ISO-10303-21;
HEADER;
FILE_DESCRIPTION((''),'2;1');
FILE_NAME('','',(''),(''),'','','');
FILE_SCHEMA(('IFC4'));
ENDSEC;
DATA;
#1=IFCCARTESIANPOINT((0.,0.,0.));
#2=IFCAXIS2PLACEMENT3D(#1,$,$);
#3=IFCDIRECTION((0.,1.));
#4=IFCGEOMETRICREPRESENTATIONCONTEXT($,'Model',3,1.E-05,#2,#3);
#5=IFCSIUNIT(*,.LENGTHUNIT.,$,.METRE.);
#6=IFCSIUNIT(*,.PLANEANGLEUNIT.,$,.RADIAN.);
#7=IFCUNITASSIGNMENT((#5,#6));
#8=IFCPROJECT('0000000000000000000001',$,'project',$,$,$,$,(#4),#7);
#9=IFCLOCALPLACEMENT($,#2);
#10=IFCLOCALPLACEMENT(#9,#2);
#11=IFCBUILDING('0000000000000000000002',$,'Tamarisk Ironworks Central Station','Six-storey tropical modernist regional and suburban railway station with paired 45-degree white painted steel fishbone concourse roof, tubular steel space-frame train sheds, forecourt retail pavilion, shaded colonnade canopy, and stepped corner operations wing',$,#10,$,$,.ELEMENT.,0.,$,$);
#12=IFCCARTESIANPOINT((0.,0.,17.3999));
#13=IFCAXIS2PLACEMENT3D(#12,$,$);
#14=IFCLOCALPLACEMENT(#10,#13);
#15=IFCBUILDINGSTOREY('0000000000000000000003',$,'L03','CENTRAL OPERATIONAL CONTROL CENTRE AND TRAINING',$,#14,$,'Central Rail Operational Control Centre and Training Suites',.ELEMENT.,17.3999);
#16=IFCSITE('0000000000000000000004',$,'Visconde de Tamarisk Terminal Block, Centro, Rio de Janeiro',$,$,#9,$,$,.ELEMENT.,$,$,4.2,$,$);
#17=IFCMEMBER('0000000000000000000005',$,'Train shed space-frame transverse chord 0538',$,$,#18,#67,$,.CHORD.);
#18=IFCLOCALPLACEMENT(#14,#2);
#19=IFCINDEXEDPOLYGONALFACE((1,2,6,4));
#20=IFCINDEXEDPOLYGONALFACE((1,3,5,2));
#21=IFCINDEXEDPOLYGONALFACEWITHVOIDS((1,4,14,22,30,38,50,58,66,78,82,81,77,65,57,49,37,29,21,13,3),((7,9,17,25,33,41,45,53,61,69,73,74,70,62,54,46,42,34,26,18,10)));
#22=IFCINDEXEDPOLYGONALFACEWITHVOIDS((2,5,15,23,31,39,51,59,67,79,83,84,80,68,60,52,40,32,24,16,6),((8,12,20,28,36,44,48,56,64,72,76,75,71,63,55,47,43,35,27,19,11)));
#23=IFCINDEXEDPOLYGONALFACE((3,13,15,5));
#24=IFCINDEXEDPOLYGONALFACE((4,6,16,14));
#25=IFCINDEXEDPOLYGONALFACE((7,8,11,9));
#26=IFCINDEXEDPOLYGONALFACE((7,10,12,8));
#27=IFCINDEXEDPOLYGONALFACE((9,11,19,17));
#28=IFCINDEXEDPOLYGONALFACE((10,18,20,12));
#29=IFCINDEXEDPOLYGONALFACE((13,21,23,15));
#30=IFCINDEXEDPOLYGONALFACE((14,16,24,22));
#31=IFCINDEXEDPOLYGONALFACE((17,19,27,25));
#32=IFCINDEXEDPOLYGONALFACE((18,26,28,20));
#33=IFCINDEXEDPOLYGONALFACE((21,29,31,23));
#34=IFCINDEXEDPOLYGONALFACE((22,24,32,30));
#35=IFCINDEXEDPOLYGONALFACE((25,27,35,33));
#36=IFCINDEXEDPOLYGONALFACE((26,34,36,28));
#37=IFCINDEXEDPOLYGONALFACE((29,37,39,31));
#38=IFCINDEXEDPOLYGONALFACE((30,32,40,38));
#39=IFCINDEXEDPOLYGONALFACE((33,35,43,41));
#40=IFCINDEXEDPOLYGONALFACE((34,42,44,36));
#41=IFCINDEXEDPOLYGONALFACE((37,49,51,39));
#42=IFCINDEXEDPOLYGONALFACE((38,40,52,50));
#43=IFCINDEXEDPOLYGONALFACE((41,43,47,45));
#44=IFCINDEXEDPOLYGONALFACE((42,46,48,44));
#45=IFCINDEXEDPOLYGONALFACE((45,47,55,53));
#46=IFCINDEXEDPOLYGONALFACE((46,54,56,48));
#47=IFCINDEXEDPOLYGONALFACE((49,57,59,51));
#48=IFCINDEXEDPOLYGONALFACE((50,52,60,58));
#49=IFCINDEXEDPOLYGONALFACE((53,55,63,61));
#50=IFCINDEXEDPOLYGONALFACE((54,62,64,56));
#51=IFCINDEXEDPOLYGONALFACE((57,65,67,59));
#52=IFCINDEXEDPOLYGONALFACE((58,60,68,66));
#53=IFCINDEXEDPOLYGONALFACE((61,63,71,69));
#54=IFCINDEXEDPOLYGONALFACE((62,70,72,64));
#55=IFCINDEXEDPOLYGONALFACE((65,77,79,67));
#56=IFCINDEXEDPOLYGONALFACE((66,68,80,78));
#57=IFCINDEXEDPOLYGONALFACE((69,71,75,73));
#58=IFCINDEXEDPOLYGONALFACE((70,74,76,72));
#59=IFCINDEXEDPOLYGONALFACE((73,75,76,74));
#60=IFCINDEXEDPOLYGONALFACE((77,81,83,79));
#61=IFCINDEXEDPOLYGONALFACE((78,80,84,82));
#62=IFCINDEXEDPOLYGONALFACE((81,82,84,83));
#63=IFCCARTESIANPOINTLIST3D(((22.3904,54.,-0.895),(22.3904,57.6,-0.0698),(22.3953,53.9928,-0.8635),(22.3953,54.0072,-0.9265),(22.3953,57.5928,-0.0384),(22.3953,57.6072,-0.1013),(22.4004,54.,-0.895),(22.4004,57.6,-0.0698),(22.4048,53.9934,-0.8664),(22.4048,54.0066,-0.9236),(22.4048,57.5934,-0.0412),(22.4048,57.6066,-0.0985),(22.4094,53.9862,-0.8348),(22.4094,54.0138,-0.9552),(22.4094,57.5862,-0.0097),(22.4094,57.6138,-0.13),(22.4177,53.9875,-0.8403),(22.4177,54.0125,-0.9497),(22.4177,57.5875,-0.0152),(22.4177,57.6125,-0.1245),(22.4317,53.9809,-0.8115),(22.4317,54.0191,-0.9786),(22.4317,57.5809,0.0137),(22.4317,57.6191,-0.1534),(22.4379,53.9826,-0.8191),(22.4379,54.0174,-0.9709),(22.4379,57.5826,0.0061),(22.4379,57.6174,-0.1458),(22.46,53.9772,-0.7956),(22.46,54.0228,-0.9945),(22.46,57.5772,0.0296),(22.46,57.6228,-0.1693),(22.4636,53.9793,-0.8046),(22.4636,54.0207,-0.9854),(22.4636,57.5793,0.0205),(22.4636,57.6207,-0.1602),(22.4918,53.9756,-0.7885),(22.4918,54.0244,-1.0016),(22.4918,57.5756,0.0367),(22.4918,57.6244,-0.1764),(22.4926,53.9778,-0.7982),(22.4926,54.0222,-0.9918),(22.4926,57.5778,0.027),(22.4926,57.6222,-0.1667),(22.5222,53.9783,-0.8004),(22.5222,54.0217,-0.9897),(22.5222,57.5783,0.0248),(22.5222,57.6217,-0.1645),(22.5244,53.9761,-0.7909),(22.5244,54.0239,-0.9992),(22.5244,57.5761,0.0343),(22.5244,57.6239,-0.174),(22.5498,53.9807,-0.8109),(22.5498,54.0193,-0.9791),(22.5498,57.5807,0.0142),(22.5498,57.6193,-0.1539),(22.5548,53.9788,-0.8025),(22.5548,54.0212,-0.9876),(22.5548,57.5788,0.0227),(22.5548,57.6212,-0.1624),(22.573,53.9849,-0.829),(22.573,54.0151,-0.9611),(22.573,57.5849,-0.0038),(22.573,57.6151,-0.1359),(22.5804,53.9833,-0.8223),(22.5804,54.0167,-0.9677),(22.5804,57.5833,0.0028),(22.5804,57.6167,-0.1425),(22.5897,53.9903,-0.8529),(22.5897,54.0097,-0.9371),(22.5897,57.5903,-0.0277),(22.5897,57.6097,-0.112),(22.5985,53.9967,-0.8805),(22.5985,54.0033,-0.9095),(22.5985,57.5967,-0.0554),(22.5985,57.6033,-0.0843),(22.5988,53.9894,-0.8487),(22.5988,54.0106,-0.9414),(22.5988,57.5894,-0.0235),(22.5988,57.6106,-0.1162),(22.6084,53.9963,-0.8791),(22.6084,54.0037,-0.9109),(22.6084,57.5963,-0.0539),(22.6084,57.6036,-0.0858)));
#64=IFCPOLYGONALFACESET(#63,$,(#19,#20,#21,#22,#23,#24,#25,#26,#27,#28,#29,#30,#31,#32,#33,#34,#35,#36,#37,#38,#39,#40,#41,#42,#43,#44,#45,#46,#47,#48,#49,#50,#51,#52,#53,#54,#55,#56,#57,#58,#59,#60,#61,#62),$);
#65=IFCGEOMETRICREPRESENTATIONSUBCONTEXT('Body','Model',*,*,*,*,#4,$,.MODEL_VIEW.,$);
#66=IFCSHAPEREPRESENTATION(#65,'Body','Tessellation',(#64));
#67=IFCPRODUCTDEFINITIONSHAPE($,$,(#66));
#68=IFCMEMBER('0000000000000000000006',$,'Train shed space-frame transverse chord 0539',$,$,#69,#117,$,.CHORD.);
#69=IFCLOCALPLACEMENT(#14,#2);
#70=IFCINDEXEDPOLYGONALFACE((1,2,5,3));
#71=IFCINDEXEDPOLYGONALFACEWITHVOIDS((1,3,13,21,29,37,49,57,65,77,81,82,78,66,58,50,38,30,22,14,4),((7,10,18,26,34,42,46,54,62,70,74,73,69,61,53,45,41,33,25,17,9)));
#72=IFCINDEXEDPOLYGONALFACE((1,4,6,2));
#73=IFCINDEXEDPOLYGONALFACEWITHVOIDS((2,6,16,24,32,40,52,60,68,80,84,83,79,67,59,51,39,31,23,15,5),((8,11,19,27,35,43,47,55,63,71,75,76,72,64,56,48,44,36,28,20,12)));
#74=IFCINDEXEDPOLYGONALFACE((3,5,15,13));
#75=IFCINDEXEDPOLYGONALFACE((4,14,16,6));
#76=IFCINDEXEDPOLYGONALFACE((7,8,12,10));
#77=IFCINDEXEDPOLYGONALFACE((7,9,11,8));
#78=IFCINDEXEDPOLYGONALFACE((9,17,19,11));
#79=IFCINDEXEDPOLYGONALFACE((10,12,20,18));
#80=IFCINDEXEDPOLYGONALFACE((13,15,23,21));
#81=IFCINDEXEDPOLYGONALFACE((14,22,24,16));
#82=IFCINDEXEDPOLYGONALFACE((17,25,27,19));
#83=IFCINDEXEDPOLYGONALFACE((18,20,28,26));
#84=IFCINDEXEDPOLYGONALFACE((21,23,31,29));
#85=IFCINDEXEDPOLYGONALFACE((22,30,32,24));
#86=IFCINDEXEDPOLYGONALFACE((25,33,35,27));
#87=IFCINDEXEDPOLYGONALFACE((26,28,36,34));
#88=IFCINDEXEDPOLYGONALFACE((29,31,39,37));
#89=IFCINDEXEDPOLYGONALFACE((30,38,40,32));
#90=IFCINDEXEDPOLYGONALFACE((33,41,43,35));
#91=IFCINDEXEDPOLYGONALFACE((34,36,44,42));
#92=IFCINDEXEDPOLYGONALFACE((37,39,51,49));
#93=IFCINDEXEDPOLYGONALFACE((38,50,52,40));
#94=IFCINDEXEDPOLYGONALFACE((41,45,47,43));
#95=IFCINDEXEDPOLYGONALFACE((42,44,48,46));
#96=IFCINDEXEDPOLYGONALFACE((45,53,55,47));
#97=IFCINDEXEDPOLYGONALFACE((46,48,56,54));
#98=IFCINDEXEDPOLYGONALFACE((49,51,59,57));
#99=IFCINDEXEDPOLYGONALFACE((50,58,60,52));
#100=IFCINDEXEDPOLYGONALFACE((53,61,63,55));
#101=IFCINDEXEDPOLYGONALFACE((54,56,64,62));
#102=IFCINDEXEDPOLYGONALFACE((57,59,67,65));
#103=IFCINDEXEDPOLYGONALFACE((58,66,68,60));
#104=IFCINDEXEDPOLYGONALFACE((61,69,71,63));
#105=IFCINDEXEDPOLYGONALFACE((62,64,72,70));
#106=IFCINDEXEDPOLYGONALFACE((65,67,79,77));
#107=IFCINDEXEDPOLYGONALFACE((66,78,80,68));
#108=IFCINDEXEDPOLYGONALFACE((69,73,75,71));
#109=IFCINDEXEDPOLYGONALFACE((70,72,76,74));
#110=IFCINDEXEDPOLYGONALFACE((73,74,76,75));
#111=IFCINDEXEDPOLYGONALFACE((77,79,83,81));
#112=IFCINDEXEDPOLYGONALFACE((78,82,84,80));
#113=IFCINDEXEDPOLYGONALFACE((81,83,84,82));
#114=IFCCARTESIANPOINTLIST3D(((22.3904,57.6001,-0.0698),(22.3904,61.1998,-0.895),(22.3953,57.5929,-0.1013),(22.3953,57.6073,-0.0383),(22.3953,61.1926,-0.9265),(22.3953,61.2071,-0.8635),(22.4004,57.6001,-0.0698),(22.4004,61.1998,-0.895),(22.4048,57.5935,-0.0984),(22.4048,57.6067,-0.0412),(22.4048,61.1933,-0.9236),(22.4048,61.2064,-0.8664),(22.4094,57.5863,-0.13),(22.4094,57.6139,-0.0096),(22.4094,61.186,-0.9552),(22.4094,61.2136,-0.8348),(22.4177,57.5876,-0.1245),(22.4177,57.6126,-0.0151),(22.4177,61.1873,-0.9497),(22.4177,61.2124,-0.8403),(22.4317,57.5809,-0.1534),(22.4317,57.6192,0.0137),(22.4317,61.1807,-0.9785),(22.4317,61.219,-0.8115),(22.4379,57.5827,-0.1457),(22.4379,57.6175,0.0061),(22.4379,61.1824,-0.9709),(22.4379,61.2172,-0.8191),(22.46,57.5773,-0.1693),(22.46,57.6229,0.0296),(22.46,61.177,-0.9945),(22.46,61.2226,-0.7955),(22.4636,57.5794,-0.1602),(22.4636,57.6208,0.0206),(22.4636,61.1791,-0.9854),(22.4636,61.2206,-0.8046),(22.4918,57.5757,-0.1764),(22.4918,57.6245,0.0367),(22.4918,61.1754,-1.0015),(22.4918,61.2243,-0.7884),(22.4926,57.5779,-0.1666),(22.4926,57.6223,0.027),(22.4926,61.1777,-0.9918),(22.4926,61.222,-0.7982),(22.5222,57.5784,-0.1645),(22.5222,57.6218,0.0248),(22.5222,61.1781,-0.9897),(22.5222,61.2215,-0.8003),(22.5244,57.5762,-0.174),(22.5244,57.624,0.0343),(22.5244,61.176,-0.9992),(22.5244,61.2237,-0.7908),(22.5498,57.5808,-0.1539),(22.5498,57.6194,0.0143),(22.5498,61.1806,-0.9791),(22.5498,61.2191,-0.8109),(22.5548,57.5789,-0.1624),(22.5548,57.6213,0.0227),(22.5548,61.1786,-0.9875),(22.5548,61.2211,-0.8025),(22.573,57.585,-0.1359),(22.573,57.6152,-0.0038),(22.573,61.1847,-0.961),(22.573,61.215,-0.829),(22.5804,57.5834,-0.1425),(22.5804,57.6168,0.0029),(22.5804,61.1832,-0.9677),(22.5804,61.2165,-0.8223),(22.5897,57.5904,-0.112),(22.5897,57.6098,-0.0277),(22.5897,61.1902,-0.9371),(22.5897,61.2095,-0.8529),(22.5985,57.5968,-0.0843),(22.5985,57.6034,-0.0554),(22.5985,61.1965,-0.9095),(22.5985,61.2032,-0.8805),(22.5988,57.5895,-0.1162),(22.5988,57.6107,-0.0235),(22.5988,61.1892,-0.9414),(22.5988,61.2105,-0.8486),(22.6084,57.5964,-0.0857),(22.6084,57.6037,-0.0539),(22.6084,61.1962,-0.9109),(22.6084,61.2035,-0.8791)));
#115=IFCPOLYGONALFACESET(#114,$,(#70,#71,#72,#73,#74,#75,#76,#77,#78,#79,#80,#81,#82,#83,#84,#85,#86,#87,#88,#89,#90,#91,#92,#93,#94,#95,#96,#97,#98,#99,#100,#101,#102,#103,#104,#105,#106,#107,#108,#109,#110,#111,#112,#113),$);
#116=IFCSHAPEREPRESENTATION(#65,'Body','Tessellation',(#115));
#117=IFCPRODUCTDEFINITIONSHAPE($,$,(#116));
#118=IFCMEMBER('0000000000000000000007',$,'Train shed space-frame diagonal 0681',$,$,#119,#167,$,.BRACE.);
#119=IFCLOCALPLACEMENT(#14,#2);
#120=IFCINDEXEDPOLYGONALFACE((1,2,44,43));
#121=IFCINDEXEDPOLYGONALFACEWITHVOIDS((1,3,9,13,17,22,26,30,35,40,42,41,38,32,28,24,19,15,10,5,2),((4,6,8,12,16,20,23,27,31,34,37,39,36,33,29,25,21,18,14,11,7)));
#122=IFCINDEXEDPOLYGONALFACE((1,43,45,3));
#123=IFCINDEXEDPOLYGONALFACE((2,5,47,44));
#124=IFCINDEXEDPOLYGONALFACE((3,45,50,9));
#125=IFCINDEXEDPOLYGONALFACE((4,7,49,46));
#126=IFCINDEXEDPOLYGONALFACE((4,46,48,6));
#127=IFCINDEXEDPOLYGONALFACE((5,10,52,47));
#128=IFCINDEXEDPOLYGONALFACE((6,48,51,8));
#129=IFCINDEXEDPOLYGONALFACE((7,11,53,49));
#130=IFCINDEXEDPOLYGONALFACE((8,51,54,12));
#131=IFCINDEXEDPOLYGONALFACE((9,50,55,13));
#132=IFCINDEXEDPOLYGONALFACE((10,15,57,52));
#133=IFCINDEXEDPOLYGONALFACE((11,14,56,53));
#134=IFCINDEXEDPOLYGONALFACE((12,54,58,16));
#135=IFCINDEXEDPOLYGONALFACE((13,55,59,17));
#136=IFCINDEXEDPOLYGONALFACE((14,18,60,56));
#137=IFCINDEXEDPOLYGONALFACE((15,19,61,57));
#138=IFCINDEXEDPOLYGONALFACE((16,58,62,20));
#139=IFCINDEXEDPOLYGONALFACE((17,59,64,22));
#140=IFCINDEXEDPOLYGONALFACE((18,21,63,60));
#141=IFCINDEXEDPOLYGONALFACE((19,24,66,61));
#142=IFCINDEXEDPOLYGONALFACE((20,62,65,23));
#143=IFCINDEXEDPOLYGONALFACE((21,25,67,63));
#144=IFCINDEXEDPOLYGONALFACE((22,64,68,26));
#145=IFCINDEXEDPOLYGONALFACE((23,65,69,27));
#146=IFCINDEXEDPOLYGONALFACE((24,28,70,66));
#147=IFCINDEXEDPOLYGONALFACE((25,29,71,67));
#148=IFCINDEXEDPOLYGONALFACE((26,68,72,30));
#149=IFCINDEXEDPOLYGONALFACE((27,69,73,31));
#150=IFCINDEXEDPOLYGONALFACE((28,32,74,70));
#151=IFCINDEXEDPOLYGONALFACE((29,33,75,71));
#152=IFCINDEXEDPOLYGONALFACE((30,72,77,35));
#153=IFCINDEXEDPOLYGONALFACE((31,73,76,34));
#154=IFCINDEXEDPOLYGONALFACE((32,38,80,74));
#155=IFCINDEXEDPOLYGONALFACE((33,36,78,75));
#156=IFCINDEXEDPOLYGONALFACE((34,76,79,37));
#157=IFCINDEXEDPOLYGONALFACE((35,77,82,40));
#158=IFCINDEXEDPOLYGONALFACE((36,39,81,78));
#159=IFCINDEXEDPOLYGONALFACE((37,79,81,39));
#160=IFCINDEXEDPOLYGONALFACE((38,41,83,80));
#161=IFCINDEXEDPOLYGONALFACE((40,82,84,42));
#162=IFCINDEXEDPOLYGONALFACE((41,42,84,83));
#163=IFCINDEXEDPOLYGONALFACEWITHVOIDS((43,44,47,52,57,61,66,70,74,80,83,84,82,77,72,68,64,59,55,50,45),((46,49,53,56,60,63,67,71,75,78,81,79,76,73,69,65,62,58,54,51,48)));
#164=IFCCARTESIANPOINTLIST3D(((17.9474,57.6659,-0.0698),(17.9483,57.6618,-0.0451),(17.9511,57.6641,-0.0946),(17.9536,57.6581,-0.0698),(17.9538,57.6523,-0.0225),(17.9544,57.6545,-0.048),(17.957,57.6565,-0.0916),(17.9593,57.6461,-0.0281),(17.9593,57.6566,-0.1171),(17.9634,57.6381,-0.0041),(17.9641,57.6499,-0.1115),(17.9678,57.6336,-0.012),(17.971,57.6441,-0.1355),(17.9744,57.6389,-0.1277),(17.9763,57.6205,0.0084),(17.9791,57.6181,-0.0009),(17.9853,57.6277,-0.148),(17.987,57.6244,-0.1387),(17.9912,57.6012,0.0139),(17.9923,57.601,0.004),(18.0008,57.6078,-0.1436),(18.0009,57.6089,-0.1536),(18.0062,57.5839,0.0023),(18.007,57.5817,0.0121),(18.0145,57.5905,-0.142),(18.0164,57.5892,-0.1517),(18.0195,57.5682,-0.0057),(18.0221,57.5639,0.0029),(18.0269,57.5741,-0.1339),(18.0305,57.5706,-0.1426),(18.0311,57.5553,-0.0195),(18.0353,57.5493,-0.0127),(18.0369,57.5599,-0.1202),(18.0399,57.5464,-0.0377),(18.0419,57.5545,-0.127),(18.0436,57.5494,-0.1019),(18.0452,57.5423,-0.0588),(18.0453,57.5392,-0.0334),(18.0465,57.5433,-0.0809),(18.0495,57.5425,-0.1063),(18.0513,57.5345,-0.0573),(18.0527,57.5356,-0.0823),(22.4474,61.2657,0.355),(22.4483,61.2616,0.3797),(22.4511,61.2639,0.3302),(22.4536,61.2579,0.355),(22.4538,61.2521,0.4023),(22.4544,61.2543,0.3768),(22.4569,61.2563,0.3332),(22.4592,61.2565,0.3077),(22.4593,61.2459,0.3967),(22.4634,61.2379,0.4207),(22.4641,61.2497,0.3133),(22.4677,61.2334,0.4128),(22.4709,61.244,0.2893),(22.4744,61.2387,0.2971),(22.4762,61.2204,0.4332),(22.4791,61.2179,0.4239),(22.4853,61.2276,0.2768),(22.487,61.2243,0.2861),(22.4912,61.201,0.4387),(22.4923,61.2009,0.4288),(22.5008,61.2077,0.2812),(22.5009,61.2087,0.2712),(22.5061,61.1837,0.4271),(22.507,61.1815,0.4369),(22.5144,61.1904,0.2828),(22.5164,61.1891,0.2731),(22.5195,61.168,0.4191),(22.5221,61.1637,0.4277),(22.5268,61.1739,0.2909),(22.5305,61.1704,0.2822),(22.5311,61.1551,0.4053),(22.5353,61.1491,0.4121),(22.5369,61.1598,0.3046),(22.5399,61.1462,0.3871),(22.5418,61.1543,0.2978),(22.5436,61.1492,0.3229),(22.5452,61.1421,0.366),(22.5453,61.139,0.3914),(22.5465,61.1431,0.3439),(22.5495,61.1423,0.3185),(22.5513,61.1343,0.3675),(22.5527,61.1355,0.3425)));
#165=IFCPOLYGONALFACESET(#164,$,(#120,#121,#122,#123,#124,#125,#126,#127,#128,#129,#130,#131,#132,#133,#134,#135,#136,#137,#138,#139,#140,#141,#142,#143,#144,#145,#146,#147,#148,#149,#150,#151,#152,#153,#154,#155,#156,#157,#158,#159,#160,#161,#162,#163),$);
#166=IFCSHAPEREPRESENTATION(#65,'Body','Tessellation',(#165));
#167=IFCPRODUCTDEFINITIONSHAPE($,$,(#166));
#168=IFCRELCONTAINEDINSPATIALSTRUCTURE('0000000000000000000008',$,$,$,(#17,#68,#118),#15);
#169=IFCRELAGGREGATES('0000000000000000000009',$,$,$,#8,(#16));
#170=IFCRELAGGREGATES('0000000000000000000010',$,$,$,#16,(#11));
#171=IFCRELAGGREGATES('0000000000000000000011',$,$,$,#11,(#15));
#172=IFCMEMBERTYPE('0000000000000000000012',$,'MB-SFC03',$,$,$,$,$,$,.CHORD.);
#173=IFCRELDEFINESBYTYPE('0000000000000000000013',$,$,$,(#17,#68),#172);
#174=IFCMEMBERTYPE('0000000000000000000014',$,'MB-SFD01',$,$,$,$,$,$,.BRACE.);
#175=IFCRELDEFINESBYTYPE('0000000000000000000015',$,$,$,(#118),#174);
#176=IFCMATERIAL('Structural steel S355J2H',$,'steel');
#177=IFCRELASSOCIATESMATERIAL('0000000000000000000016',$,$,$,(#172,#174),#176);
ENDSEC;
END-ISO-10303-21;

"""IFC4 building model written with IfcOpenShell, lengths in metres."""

from ifc_helpers import new_model, si_unit, direction, frame, origin, origin_2d, place, context, subcontext, project, spatial, hollow_circle, extrude, material, material_profile, profile_set, type_object, element, save


model = new_model("IFC4")

# Units and contexts
model_context = context("Model", 3, precision=1e-05, world=origin(), true_north=direction((0.0, 1.0)))
body_context = subcontext(model_context, "Body", "Model", "MODEL_VIEW")
ifc_project = project(units=[si_unit("LENGTHUNIT", "METRE"), si_unit("PLANEANGLEUNIT", "RADIAN")], contexts=[model_context])

# Site, building, storey
site_placement = place(None, origin())
site = spatial("IfcSite", under=ifc_project, at=site_placement, Name="Visconde de Tamarisk Terminal Block, Centro, Rio de Janeiro", CompositionType="ELEMENT", RefElevation=4.2)
building_placement = place(site_placement, origin())
building = spatial("IfcBuilding", under=site, at=building_placement, Name="Tamarisk Ironworks Central Station", Description="Six-storey tropical modernist regional and suburban railway station with paired 45-degree white painted steel fishbone concourse roof, tubular steel space-frame train sheds, forecourt retail pavilion, shaded colonnade canopy, and stepped corner operations wing", CompositionType="ELEMENT", ElevationOfRefHeight=0.0)
storey_placement = place(building_placement, frame((0.0, 0.0, 17.3999)))
storey = spatial("IfcBuildingStorey", under=building, at=storey_placement, Name="L03", Description="CENTRAL OPERATIONAL CONTROL CENTRE AND TRAINING", LongName="Central Rail Operational Control Centre and Training Suites", CompositionType="ELEMENT", Elevation=17.3999)

# Members
ifc_material_1 = material(Name="Structural steel S355J2H", Category="steel")
ifc_material_profile_1 = material_profile(ifc_material_1, hollow_circle(Radius=0.1096, WallThickness=0.01, at=origin_2d()), Name="CHS 219.1x10")
ifc_profile_set_1 = profile_set([ifc_material_profile_1], Name="Structural steel S355J2H")
member_type_1 = type_object("IfcMemberType", Name="MB-SFC03", PredefinedType="CHORD", material=ifc_profile_set_1)
member_1_placement = place(storey_placement, frame((22.5, 54.0, -0.895), z_axis=(0.0, 0.974722, 0.223421), x_axis=(-1.0, 0.0, 0.0)))
element("IfcMember", 1, at=member_1_placement, inside=storey, type_object=member_type_1, Name="Train shed space-frame transverse chord 0538", PredefinedType="CHORD", context=body_context, shape_type="SweptSolid", body=[
    extrude(hollow_circle(Radius=0.1096, WallThickness=0.01, at=origin_2d()), origin(), (0.0, 0.0, 1.0), 3.6934),
])
member_2_placement = place(storey_placement, frame((22.5, 57.6001, -0.0698), z_axis=(0.0, 0.974719, -0.223435), x_axis=(-1.0, 0.0, 0.0)))
element("IfcMember", 2, at=member_2_placement, inside=storey, type_object=member_type_1, Name="Train shed space-frame transverse chord 0539", PredefinedType="CHORD", context=body_context, shape_type="SweptSolid", body=[
    extrude(hollow_circle(Radius=0.1096, WallThickness=0.01, at=origin_2d()), origin(), (0.0, 0.0, 1.0), 3.6931),
])
ifc_material_profile_2 = material_profile(ifc_material_1, hollow_circle(Radius=0.0842, WallThickness=0.01, at=origin_2d()), Name="CHS 168.3x10")
ifc_profile_set_2 = profile_set([ifc_material_profile_2], Name="Structural steel S355J2H")
member_type_2 = type_object("IfcMemberType", Name="MB-SFD01", PredefinedType="BRACE", material=ifc_profile_set_2)
member_3_placement = place(storey_placement, frame((18.0, 57.6001, -0.0698), z_axis=(0.778768, 0.622989, 0.073517), x_axis=(-0.62468, 0.780881, 0.0)))
element("IfcMember", 3, at=member_3_placement, inside=storey, type_object=member_type_2, Name="Train shed space-frame diagonal 0681", PredefinedType="BRACE", context=body_context, shape_type="SweptSolid", body=[
    extrude(hollow_circle(Radius=0.0842, WallThickness=0.01, at=origin_2d()), origin(), (0.0, 0.0, 1.0), 5.7783),
])

save(model, "model.ifc")
